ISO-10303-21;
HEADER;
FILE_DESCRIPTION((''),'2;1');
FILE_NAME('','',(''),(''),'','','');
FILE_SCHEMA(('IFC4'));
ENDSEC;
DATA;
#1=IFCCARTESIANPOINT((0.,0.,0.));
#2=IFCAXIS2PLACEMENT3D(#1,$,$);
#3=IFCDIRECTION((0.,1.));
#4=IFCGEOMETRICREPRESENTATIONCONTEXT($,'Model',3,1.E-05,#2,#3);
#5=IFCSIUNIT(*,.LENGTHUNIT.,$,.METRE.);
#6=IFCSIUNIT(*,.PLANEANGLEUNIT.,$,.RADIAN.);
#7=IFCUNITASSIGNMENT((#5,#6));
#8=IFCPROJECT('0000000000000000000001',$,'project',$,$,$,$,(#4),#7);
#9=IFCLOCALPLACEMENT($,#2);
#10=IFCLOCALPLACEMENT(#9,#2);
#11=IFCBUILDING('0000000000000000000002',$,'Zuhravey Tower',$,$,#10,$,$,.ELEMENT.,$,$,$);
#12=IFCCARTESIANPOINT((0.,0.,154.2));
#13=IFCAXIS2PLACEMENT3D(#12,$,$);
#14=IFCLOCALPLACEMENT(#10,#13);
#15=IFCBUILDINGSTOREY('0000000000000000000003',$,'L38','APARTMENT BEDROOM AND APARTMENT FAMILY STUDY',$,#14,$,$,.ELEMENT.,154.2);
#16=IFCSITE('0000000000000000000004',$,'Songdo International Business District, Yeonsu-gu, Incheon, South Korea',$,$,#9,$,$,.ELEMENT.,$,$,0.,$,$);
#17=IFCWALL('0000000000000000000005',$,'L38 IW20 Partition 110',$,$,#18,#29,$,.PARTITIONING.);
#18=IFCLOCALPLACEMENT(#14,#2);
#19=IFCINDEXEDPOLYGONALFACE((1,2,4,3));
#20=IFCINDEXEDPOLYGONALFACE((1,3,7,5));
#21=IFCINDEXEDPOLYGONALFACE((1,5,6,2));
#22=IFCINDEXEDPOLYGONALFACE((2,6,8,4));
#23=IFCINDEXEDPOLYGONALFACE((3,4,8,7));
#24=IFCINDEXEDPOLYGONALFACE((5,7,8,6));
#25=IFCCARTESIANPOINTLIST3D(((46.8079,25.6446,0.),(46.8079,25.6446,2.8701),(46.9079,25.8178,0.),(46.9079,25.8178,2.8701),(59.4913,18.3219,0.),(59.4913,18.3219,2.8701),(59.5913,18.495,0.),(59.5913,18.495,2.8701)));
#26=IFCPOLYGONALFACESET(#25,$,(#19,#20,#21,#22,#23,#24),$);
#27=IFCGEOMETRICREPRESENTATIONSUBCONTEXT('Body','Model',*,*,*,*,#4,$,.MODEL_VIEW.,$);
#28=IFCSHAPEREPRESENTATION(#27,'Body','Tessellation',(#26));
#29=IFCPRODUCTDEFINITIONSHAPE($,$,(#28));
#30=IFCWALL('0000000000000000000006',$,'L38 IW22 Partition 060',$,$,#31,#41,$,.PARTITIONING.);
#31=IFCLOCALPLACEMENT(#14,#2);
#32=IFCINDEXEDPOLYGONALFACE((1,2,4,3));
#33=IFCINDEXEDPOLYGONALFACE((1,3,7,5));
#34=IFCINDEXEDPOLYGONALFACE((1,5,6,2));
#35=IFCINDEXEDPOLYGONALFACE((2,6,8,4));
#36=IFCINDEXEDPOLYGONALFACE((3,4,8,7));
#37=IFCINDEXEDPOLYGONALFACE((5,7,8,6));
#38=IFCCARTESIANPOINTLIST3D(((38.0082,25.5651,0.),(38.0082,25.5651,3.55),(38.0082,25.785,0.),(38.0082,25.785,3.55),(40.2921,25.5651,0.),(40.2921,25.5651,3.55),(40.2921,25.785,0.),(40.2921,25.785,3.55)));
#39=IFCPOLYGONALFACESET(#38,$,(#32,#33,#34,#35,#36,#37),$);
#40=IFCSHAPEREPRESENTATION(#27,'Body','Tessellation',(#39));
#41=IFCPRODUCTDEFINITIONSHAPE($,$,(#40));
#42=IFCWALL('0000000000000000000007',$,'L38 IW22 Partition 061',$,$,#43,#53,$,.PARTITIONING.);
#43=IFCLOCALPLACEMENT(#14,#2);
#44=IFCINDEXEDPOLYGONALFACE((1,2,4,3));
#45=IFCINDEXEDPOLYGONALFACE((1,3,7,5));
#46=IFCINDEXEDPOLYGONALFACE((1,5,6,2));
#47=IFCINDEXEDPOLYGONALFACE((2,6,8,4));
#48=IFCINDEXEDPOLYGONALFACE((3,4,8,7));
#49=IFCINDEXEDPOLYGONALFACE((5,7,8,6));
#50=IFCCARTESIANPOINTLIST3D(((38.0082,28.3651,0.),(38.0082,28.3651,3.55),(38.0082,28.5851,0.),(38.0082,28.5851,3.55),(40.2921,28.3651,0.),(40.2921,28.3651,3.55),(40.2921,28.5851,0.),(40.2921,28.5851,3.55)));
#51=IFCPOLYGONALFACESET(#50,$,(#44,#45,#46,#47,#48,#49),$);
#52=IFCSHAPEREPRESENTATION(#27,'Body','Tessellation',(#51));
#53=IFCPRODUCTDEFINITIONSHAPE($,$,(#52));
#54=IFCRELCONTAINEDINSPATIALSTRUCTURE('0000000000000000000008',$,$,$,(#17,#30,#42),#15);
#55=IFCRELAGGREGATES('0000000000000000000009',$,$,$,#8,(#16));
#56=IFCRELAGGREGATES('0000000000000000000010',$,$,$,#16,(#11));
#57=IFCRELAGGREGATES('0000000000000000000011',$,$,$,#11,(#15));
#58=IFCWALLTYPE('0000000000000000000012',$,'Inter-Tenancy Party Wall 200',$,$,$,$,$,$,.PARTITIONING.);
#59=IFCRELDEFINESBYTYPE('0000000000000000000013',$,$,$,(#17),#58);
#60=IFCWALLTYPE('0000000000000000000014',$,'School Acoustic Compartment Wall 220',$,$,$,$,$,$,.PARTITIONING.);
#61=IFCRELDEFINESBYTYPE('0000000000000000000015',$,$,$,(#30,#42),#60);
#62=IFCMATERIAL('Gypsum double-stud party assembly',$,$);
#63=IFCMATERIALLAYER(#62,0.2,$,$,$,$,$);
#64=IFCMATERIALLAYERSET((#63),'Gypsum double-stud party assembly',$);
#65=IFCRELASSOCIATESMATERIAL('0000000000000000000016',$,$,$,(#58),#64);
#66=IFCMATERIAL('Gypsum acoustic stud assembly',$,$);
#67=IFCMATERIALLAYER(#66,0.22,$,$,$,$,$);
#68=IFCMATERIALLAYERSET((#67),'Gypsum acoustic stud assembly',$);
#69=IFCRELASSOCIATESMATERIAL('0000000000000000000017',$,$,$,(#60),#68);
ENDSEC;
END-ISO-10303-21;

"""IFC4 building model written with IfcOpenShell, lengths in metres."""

from ifc_helpers import new_model, si_unit, direction, frame, frame_2d, origin, place, context, subcontext, project, spatial, rectangle, extrude, material, layer, layer_set, type_object, element, save


model = new_model("IFC4")

# Units and contexts
model_context = context("Model", 3, precision=1e-05, world=origin(), true_north=direction((0.0, 1.0)))
body_context = subcontext(model_context, "Body", "Model", "MODEL_VIEW")
ifc_project = project(units=[si_unit("LENGTHUNIT", "METRE"), si_unit("PLANEANGLEUNIT", "RADIAN")], contexts=[model_context])

# Site, building, storey
site_placement = place(None, origin())
site = spatial("IfcSite", under=ifc_project, at=site_placement, Name="Songdo International Business District, Yeonsu-gu, Incheon, South Korea", CompositionType="ELEMENT", RefElevation=0.0)
building_placement = place(site_placement, origin())
building = spatial("IfcBuilding", under=site, at=building_placement, Name="Zuhravey Tower", CompositionType="ELEMENT")
storey_placement = place(building_placement, frame((0.0, 0.0, 154.2)))
storey = spatial("IfcBuildingStorey", under=building, at=storey_placement, Name="L38", Description="APARTMENT BEDROOM AND APARTMENT FAMILY STUDY", CompositionType="ELEMENT", Elevation=154.2)

# Walls
ifc_material_1 = material(Name="Gypsum double-stud party assembly")
ifc_layer_1 = layer(ifc_material_1, 0.2)
ifc_layer_set_1 = layer_set([ifc_layer_1], Name="Gypsum double-stud party assembly")
wall_type_1 = type_object("IfcWallType", Name="Inter-Tenancy Party Wall 200", PredefinedType="PARTITIONING", material=ifc_layer_set_1)
wall_1_placement = place(storey_placement, frame((46.8579, 25.7312, 0.0), z_axis=(0.0, 0.0, 1.0), x_axis=(0.866025, -0.500001, 0.0)))
element("IfcWall", 1, at=wall_1_placement, inside=storey, type_object=wall_type_1, Name="L38 IW20 Partition 110", PredefinedType="PARTITIONING", context=body_context, shape_type="SweptSolid", body=[
    extrude(rectangle(XDim=14.6455, YDim=0.2, at=frame_2d((7.3228, 0.0))), origin(), (0.0, 0.0, 1.0), 2.8701),
])
ifc_material_2 = material(Name="Gypsum acoustic stud assembly")
ifc_layer_2 = layer(ifc_material_2, 0.22)
ifc_layer_set_2 = layer_set([ifc_layer_2], Name="Gypsum acoustic stud assembly")
wall_type_2 = type_object("IfcWallType", Name="School Acoustic Compartment Wall 220", PredefinedType="PARTITIONING", material=ifc_layer_set_2)
for number, where, z_axis, x_axis, name in (
    (2, (38.0081, 25.675, 0.0), (0.0, 0.0, 1.0), (1.0, 0.0, 0.0), "L38 IW22 Partition 060"),
    (3, (38.0081, 28.4751, 0.0), (0.0, 0.0, 1.0), (1.0, 0.0, 0.0), "L38 IW22 Partition 061"),
):
    element("IfcWall", number, at=place(storey_placement, frame(where, z_axis=z_axis, x_axis=x_axis)), inside=storey, type_object=wall_type_2, Name=name, PredefinedType="PARTITIONING", context=body_context, shape_type="SweptSolid", body=[
        extrude(rectangle(XDim=2.2839, YDim=0.22, at=frame_2d((1.1421, 0.0))), origin(), (0.0, 0.0, 1.0), 3.55),
    ])

save(model, "model.ifc")
